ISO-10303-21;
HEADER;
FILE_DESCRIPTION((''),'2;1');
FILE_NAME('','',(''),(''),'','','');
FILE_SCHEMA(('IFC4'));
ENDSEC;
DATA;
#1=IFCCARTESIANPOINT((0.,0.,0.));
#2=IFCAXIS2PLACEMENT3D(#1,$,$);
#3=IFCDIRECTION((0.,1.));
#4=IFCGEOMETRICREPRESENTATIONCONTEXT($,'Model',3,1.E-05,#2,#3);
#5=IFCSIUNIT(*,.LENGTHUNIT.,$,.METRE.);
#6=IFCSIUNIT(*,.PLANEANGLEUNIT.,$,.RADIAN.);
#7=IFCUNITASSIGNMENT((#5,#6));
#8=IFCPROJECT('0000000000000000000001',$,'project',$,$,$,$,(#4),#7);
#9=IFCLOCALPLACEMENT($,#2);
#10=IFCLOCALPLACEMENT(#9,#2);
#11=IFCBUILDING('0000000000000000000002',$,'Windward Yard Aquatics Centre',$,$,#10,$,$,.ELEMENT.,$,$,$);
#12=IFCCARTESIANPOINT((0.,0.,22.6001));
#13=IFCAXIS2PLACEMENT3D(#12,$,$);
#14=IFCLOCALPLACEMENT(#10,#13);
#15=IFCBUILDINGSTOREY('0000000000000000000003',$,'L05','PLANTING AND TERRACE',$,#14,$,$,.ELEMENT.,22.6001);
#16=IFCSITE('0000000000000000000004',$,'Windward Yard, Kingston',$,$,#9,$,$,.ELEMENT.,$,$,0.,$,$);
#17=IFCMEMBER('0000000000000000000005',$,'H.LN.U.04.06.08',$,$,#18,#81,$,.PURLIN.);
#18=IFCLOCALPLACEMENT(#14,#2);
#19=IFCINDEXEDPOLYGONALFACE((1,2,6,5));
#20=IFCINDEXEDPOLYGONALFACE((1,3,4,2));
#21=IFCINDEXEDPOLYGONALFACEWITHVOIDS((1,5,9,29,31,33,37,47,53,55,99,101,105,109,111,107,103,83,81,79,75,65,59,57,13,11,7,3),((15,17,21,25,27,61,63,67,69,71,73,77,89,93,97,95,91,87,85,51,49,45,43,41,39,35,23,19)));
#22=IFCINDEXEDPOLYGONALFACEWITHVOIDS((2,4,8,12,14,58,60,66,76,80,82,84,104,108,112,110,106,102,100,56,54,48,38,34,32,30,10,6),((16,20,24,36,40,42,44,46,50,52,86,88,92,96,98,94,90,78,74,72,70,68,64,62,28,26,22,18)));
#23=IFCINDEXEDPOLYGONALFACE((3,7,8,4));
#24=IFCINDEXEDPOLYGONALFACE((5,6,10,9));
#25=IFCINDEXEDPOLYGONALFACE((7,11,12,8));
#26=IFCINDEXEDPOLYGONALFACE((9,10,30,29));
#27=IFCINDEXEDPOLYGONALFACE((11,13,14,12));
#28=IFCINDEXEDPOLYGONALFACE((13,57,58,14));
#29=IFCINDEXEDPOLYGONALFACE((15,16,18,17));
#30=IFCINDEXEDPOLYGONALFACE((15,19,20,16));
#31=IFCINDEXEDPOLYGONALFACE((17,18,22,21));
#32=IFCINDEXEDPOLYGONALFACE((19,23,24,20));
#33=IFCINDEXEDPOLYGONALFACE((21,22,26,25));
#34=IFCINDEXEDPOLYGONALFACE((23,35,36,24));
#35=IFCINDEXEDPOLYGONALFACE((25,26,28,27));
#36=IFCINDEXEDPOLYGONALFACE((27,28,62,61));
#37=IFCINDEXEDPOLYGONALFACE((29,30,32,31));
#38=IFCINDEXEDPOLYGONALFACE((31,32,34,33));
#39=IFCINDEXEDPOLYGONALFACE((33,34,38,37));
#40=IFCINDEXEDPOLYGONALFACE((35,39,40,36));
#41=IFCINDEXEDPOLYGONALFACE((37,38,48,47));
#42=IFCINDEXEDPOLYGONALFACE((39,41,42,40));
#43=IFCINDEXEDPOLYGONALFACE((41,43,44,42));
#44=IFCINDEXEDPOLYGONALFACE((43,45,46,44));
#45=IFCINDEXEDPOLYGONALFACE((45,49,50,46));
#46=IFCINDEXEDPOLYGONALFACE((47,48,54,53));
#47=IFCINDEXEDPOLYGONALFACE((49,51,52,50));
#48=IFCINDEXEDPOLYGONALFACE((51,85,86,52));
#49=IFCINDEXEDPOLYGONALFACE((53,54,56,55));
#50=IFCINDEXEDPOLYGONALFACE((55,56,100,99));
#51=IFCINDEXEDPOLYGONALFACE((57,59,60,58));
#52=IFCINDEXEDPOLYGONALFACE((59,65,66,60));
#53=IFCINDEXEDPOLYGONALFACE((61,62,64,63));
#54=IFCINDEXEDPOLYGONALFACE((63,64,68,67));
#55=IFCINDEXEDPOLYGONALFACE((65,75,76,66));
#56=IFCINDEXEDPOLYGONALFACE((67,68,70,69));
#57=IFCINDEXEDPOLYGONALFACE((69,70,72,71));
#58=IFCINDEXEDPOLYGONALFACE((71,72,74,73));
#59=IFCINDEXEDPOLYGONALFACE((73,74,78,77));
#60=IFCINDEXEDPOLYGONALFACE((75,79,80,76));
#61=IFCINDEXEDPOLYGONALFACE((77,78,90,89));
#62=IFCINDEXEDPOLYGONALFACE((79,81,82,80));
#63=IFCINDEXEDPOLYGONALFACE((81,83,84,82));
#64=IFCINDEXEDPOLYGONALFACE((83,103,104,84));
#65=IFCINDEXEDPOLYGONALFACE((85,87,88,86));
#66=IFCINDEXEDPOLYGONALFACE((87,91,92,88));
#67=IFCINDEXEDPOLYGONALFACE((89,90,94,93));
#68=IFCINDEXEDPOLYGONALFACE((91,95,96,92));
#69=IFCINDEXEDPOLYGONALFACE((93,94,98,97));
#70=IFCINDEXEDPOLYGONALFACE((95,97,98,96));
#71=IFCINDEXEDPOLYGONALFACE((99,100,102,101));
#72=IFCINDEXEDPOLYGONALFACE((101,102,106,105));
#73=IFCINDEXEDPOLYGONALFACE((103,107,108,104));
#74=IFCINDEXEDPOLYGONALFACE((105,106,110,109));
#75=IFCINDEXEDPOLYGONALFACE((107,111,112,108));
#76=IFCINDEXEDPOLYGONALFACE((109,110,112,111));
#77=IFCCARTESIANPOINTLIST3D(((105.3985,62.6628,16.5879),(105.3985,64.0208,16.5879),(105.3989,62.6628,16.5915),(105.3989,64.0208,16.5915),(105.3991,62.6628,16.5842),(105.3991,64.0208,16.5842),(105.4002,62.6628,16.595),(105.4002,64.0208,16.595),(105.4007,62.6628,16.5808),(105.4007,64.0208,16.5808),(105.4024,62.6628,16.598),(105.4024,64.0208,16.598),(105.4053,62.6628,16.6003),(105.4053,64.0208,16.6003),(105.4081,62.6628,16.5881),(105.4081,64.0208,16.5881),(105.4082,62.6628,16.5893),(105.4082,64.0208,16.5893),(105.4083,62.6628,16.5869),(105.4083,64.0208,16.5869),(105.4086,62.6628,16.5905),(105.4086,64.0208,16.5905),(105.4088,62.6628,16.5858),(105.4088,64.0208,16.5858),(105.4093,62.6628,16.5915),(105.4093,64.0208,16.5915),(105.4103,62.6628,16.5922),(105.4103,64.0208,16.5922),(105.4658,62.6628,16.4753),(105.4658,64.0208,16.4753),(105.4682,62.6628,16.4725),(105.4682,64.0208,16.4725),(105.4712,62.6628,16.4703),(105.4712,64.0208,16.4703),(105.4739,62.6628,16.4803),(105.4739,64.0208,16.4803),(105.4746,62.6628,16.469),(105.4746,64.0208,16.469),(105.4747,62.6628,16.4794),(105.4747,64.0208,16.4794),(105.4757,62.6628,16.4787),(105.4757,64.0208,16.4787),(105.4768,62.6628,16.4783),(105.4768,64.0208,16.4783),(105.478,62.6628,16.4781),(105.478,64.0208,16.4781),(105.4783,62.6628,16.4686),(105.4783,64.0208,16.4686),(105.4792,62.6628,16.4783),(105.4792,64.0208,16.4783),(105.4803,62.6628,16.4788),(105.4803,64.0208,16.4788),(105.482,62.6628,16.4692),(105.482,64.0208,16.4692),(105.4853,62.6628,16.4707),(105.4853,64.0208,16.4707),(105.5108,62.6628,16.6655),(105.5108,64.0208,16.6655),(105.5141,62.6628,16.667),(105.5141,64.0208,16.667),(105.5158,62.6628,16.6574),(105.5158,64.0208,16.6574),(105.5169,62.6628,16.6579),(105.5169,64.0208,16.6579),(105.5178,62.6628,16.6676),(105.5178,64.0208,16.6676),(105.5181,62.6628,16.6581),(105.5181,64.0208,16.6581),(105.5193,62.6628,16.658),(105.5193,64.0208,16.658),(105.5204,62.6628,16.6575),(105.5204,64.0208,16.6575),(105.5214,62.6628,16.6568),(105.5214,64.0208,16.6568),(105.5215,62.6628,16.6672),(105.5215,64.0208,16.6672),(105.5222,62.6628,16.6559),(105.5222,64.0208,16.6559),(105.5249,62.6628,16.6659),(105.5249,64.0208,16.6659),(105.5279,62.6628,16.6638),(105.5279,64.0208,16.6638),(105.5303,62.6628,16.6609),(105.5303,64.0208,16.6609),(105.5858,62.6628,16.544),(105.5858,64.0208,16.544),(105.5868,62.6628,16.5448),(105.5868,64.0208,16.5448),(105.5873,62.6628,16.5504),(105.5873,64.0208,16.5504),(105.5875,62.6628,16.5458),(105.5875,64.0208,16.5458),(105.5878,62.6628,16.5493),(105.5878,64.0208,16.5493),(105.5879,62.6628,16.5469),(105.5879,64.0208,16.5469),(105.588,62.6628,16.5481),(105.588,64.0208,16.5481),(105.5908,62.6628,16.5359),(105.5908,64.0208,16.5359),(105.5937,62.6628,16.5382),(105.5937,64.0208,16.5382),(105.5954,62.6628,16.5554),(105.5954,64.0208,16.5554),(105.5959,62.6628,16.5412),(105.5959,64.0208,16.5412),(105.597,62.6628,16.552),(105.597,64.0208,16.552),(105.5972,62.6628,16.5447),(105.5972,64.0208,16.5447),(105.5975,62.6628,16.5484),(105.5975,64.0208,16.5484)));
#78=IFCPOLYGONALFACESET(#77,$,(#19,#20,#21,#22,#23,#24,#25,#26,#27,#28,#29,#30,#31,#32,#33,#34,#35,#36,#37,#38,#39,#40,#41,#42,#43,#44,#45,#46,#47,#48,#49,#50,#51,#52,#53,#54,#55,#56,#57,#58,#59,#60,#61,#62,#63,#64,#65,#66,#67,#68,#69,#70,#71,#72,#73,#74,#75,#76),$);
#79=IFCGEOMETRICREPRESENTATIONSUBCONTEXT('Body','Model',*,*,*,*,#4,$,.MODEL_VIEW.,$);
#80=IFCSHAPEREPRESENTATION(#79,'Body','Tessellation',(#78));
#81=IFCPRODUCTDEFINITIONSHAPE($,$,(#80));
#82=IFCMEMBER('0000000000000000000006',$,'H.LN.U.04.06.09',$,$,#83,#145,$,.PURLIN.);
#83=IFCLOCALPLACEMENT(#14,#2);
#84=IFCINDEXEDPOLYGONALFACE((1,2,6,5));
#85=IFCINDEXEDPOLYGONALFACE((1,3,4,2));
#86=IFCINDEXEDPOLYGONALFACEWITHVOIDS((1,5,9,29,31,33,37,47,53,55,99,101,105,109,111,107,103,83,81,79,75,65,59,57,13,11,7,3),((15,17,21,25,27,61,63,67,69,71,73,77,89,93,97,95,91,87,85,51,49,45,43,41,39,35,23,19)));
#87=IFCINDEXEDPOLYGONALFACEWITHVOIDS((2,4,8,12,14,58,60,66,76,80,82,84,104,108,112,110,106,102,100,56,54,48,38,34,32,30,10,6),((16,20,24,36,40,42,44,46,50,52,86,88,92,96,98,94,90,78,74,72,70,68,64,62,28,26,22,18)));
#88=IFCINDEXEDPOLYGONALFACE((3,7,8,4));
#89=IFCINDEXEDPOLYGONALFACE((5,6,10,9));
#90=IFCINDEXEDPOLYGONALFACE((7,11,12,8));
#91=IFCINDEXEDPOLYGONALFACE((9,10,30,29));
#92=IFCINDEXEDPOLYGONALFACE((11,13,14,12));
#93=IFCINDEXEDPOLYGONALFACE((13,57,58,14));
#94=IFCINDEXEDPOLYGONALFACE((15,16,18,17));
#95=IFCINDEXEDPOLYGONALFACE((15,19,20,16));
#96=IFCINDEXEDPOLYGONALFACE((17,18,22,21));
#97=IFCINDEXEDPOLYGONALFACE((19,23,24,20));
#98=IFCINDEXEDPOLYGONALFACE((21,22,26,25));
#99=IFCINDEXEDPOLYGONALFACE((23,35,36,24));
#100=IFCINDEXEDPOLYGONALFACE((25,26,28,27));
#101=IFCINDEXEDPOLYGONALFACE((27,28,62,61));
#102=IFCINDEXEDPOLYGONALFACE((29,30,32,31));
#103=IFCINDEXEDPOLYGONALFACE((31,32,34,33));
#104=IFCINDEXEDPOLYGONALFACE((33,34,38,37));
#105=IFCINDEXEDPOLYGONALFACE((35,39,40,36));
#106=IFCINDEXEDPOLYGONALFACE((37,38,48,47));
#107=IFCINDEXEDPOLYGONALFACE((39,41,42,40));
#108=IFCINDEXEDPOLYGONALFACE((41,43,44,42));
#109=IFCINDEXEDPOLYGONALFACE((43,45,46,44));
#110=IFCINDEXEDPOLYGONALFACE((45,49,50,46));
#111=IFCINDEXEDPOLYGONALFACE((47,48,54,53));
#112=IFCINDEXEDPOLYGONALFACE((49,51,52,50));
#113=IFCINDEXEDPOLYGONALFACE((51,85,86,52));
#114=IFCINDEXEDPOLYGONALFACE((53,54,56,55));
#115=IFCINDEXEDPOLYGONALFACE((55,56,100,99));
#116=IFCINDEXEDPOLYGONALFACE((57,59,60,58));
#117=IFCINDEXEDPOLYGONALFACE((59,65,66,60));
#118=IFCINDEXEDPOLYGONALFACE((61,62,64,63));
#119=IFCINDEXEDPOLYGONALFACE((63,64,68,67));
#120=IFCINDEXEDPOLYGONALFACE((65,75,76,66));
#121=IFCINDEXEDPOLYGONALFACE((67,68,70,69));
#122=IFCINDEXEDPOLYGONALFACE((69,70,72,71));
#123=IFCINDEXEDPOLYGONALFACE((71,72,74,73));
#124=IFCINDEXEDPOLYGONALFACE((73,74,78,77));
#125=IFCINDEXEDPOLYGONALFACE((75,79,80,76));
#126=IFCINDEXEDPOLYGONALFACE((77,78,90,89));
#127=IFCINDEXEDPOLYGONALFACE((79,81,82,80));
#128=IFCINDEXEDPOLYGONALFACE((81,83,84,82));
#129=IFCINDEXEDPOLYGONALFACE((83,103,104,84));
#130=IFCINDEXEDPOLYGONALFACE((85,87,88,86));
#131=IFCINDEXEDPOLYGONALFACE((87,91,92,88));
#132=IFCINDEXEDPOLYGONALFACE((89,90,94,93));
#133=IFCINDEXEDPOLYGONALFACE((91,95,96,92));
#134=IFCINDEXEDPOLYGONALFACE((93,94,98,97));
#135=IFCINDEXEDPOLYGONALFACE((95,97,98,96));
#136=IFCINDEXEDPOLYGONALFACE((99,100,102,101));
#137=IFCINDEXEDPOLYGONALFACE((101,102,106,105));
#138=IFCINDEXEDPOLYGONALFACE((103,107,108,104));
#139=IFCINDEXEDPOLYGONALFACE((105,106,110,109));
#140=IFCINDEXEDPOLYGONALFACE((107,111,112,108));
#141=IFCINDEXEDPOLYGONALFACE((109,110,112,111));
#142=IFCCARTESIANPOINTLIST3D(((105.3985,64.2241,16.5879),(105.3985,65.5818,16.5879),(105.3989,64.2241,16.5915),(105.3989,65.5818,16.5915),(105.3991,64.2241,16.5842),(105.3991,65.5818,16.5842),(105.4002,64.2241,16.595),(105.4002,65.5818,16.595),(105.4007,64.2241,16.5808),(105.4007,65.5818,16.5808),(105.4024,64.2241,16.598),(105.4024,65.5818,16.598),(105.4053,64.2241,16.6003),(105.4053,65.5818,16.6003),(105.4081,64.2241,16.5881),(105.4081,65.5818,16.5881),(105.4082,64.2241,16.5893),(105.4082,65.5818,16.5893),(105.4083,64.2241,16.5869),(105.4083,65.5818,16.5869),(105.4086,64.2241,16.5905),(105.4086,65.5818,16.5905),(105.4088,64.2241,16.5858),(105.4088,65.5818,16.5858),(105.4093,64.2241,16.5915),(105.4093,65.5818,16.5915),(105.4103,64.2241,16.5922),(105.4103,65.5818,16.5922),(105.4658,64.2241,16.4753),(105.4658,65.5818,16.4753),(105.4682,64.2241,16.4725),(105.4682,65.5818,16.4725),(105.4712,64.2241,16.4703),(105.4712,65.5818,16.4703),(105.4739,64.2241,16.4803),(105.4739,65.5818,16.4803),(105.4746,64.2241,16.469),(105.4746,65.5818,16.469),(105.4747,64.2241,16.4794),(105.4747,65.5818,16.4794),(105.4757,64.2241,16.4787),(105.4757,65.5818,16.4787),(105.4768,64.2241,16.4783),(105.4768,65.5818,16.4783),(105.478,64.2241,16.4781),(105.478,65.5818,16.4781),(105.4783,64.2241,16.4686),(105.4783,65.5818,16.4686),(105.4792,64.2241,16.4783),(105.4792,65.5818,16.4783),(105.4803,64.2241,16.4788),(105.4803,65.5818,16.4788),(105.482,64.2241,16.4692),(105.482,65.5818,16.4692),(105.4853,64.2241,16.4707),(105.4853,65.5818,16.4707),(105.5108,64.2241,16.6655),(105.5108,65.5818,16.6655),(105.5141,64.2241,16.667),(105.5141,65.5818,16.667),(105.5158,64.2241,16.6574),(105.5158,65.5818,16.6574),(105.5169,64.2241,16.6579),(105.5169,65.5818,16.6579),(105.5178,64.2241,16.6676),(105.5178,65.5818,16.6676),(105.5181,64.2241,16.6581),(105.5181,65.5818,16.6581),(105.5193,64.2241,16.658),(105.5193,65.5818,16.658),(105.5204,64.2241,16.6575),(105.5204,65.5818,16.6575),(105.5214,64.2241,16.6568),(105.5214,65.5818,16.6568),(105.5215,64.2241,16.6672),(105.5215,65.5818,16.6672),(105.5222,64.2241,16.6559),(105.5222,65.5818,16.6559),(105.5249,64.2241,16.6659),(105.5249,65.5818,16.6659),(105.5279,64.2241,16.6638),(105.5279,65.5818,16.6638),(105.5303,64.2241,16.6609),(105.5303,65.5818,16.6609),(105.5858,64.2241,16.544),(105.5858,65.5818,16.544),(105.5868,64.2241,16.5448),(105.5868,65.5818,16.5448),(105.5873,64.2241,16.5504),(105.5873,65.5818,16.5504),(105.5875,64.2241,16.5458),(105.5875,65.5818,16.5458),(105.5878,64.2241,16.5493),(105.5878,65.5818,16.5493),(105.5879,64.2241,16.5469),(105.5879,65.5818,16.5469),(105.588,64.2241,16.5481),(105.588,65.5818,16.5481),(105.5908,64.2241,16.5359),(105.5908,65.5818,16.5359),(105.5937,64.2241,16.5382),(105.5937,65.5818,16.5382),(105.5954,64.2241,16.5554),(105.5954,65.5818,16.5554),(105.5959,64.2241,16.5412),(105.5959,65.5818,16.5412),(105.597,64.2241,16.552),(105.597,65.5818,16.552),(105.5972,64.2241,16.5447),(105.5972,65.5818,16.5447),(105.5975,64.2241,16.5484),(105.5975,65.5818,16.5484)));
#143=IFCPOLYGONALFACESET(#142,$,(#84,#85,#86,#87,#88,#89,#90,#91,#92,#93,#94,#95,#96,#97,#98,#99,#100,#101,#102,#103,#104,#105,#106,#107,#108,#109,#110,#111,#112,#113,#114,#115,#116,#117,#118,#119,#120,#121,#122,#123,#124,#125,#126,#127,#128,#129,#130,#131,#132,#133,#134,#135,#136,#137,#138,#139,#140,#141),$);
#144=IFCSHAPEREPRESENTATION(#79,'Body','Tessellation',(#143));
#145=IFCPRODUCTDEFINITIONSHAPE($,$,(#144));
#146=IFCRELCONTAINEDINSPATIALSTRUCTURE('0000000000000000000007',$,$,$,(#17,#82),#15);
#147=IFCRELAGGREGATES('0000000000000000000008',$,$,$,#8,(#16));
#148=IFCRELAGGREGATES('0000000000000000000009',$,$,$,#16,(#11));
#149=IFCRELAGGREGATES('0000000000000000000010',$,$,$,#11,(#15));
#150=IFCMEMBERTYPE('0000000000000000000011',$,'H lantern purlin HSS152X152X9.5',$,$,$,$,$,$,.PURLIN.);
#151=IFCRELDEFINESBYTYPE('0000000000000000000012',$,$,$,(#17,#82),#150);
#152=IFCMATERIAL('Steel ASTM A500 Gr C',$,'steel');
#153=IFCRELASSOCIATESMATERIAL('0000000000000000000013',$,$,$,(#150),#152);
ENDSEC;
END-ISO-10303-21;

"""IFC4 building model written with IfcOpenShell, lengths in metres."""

from ifc_helpers import new_model, si_unit, direction, frame, origin, origin_2d, place, context, subcontext, project, spatial, hollow_rectangle, extrude, material, material_profile, profile_set, type_object, element, save


model = new_model("IFC4")

# Units and contexts
model_context = context("Model", 3, precision=1e-05, world=origin(), true_north=direction((0.0, 1.0)))
body_context = subcontext(model_context, "Body", "Model", "MODEL_VIEW")
ifc_project = project(units=[si_unit("LENGTHUNIT", "METRE"), si_unit("PLANEANGLEUNIT", "RADIAN")], contexts=[model_context])

# Site, building, storey
site_placement = place(None, origin())
site = spatial("IfcSite", under=ifc_project, at=site_placement, Name="Windward Yard, Kingston", CompositionType="ELEMENT", RefElevation=0.0)
building_placement = place(site_placement, origin())
building = spatial("IfcBuilding", under=site, at=building_placement, Name="Windward Yard Aquatics Centre", CompositionType="ELEMENT")
storey_placement = place(building_placement, frame((0.0, 0.0, 22.6001)))
storey = spatial("IfcBuildingStorey", under=building, at=storey_placement, Name="L05", Description="PLANTING AND TERRACE", CompositionType="ELEMENT", Elevation=22.6001)

# Members
ifc_material_1 = material(Name="Steel ASTM A500 Gr C", Category="steel")
ifc_material_profile = material_profile(ifc_material_1, hollow_rectangle(XDim=0.1523, YDim=0.1523, WallThickness=0.0095, InnerFilletRadius=0.0046, OuterFilletRadius=0.0142, at=origin_2d()), Name="HSS152X152X9.5")
ifc_profile_set = profile_set([ifc_material_profile], Name="Steel ASTM A500 Gr C")
member_type = type_object("IfcMemberType", Name="H lantern purlin HSS152X152X9.5", PredefinedType="PURLIN", material=ifc_profile_set)
member_1_placement = place(storey_placement, frame((105.498, 62.6628, 16.5681), z_axis=(0.0, 1.0, 0.0), x_axis=(-0.850755, 0.0, -0.525562)))
element("IfcMember", 1, at=member_1_placement, inside=storey, type_object=member_type, Name="H.LN.U.04.06.08", PredefinedType="PURLIN", context=body_context, shape_type="SweptSolid", body=[
    extrude(hollow_rectangle(XDim=0.1523, YDim=0.1523, WallThickness=0.0095, InnerFilletRadius=0.0046, OuterFilletRadius=0.0142, at=origin_2d()), origin(), (0.0, 0.0, 1.0), 1.3579),
])
member_2_placement = place(storey_placement, frame((105.498, 64.2241, 16.5681), z_axis=(0.0, 1.0, 0.0), x_axis=(-0.850755, 0.0, -0.525562)))
element("IfcMember", 2, at=member_2_placement, inside=storey, type_object=member_type, Name="H.LN.U.04.06.09", PredefinedType="PURLIN", context=body_context, shape_type="SweptSolid", body=[
    extrude(hollow_rectangle(XDim=0.1523, YDim=0.1523, WallThickness=0.0095, InnerFilletRadius=0.0046, OuterFilletRadius=0.0142, at=origin_2d()), origin(), (0.0, 0.0, 1.0), 1.3577),
])

save(model, "model.ifc")
